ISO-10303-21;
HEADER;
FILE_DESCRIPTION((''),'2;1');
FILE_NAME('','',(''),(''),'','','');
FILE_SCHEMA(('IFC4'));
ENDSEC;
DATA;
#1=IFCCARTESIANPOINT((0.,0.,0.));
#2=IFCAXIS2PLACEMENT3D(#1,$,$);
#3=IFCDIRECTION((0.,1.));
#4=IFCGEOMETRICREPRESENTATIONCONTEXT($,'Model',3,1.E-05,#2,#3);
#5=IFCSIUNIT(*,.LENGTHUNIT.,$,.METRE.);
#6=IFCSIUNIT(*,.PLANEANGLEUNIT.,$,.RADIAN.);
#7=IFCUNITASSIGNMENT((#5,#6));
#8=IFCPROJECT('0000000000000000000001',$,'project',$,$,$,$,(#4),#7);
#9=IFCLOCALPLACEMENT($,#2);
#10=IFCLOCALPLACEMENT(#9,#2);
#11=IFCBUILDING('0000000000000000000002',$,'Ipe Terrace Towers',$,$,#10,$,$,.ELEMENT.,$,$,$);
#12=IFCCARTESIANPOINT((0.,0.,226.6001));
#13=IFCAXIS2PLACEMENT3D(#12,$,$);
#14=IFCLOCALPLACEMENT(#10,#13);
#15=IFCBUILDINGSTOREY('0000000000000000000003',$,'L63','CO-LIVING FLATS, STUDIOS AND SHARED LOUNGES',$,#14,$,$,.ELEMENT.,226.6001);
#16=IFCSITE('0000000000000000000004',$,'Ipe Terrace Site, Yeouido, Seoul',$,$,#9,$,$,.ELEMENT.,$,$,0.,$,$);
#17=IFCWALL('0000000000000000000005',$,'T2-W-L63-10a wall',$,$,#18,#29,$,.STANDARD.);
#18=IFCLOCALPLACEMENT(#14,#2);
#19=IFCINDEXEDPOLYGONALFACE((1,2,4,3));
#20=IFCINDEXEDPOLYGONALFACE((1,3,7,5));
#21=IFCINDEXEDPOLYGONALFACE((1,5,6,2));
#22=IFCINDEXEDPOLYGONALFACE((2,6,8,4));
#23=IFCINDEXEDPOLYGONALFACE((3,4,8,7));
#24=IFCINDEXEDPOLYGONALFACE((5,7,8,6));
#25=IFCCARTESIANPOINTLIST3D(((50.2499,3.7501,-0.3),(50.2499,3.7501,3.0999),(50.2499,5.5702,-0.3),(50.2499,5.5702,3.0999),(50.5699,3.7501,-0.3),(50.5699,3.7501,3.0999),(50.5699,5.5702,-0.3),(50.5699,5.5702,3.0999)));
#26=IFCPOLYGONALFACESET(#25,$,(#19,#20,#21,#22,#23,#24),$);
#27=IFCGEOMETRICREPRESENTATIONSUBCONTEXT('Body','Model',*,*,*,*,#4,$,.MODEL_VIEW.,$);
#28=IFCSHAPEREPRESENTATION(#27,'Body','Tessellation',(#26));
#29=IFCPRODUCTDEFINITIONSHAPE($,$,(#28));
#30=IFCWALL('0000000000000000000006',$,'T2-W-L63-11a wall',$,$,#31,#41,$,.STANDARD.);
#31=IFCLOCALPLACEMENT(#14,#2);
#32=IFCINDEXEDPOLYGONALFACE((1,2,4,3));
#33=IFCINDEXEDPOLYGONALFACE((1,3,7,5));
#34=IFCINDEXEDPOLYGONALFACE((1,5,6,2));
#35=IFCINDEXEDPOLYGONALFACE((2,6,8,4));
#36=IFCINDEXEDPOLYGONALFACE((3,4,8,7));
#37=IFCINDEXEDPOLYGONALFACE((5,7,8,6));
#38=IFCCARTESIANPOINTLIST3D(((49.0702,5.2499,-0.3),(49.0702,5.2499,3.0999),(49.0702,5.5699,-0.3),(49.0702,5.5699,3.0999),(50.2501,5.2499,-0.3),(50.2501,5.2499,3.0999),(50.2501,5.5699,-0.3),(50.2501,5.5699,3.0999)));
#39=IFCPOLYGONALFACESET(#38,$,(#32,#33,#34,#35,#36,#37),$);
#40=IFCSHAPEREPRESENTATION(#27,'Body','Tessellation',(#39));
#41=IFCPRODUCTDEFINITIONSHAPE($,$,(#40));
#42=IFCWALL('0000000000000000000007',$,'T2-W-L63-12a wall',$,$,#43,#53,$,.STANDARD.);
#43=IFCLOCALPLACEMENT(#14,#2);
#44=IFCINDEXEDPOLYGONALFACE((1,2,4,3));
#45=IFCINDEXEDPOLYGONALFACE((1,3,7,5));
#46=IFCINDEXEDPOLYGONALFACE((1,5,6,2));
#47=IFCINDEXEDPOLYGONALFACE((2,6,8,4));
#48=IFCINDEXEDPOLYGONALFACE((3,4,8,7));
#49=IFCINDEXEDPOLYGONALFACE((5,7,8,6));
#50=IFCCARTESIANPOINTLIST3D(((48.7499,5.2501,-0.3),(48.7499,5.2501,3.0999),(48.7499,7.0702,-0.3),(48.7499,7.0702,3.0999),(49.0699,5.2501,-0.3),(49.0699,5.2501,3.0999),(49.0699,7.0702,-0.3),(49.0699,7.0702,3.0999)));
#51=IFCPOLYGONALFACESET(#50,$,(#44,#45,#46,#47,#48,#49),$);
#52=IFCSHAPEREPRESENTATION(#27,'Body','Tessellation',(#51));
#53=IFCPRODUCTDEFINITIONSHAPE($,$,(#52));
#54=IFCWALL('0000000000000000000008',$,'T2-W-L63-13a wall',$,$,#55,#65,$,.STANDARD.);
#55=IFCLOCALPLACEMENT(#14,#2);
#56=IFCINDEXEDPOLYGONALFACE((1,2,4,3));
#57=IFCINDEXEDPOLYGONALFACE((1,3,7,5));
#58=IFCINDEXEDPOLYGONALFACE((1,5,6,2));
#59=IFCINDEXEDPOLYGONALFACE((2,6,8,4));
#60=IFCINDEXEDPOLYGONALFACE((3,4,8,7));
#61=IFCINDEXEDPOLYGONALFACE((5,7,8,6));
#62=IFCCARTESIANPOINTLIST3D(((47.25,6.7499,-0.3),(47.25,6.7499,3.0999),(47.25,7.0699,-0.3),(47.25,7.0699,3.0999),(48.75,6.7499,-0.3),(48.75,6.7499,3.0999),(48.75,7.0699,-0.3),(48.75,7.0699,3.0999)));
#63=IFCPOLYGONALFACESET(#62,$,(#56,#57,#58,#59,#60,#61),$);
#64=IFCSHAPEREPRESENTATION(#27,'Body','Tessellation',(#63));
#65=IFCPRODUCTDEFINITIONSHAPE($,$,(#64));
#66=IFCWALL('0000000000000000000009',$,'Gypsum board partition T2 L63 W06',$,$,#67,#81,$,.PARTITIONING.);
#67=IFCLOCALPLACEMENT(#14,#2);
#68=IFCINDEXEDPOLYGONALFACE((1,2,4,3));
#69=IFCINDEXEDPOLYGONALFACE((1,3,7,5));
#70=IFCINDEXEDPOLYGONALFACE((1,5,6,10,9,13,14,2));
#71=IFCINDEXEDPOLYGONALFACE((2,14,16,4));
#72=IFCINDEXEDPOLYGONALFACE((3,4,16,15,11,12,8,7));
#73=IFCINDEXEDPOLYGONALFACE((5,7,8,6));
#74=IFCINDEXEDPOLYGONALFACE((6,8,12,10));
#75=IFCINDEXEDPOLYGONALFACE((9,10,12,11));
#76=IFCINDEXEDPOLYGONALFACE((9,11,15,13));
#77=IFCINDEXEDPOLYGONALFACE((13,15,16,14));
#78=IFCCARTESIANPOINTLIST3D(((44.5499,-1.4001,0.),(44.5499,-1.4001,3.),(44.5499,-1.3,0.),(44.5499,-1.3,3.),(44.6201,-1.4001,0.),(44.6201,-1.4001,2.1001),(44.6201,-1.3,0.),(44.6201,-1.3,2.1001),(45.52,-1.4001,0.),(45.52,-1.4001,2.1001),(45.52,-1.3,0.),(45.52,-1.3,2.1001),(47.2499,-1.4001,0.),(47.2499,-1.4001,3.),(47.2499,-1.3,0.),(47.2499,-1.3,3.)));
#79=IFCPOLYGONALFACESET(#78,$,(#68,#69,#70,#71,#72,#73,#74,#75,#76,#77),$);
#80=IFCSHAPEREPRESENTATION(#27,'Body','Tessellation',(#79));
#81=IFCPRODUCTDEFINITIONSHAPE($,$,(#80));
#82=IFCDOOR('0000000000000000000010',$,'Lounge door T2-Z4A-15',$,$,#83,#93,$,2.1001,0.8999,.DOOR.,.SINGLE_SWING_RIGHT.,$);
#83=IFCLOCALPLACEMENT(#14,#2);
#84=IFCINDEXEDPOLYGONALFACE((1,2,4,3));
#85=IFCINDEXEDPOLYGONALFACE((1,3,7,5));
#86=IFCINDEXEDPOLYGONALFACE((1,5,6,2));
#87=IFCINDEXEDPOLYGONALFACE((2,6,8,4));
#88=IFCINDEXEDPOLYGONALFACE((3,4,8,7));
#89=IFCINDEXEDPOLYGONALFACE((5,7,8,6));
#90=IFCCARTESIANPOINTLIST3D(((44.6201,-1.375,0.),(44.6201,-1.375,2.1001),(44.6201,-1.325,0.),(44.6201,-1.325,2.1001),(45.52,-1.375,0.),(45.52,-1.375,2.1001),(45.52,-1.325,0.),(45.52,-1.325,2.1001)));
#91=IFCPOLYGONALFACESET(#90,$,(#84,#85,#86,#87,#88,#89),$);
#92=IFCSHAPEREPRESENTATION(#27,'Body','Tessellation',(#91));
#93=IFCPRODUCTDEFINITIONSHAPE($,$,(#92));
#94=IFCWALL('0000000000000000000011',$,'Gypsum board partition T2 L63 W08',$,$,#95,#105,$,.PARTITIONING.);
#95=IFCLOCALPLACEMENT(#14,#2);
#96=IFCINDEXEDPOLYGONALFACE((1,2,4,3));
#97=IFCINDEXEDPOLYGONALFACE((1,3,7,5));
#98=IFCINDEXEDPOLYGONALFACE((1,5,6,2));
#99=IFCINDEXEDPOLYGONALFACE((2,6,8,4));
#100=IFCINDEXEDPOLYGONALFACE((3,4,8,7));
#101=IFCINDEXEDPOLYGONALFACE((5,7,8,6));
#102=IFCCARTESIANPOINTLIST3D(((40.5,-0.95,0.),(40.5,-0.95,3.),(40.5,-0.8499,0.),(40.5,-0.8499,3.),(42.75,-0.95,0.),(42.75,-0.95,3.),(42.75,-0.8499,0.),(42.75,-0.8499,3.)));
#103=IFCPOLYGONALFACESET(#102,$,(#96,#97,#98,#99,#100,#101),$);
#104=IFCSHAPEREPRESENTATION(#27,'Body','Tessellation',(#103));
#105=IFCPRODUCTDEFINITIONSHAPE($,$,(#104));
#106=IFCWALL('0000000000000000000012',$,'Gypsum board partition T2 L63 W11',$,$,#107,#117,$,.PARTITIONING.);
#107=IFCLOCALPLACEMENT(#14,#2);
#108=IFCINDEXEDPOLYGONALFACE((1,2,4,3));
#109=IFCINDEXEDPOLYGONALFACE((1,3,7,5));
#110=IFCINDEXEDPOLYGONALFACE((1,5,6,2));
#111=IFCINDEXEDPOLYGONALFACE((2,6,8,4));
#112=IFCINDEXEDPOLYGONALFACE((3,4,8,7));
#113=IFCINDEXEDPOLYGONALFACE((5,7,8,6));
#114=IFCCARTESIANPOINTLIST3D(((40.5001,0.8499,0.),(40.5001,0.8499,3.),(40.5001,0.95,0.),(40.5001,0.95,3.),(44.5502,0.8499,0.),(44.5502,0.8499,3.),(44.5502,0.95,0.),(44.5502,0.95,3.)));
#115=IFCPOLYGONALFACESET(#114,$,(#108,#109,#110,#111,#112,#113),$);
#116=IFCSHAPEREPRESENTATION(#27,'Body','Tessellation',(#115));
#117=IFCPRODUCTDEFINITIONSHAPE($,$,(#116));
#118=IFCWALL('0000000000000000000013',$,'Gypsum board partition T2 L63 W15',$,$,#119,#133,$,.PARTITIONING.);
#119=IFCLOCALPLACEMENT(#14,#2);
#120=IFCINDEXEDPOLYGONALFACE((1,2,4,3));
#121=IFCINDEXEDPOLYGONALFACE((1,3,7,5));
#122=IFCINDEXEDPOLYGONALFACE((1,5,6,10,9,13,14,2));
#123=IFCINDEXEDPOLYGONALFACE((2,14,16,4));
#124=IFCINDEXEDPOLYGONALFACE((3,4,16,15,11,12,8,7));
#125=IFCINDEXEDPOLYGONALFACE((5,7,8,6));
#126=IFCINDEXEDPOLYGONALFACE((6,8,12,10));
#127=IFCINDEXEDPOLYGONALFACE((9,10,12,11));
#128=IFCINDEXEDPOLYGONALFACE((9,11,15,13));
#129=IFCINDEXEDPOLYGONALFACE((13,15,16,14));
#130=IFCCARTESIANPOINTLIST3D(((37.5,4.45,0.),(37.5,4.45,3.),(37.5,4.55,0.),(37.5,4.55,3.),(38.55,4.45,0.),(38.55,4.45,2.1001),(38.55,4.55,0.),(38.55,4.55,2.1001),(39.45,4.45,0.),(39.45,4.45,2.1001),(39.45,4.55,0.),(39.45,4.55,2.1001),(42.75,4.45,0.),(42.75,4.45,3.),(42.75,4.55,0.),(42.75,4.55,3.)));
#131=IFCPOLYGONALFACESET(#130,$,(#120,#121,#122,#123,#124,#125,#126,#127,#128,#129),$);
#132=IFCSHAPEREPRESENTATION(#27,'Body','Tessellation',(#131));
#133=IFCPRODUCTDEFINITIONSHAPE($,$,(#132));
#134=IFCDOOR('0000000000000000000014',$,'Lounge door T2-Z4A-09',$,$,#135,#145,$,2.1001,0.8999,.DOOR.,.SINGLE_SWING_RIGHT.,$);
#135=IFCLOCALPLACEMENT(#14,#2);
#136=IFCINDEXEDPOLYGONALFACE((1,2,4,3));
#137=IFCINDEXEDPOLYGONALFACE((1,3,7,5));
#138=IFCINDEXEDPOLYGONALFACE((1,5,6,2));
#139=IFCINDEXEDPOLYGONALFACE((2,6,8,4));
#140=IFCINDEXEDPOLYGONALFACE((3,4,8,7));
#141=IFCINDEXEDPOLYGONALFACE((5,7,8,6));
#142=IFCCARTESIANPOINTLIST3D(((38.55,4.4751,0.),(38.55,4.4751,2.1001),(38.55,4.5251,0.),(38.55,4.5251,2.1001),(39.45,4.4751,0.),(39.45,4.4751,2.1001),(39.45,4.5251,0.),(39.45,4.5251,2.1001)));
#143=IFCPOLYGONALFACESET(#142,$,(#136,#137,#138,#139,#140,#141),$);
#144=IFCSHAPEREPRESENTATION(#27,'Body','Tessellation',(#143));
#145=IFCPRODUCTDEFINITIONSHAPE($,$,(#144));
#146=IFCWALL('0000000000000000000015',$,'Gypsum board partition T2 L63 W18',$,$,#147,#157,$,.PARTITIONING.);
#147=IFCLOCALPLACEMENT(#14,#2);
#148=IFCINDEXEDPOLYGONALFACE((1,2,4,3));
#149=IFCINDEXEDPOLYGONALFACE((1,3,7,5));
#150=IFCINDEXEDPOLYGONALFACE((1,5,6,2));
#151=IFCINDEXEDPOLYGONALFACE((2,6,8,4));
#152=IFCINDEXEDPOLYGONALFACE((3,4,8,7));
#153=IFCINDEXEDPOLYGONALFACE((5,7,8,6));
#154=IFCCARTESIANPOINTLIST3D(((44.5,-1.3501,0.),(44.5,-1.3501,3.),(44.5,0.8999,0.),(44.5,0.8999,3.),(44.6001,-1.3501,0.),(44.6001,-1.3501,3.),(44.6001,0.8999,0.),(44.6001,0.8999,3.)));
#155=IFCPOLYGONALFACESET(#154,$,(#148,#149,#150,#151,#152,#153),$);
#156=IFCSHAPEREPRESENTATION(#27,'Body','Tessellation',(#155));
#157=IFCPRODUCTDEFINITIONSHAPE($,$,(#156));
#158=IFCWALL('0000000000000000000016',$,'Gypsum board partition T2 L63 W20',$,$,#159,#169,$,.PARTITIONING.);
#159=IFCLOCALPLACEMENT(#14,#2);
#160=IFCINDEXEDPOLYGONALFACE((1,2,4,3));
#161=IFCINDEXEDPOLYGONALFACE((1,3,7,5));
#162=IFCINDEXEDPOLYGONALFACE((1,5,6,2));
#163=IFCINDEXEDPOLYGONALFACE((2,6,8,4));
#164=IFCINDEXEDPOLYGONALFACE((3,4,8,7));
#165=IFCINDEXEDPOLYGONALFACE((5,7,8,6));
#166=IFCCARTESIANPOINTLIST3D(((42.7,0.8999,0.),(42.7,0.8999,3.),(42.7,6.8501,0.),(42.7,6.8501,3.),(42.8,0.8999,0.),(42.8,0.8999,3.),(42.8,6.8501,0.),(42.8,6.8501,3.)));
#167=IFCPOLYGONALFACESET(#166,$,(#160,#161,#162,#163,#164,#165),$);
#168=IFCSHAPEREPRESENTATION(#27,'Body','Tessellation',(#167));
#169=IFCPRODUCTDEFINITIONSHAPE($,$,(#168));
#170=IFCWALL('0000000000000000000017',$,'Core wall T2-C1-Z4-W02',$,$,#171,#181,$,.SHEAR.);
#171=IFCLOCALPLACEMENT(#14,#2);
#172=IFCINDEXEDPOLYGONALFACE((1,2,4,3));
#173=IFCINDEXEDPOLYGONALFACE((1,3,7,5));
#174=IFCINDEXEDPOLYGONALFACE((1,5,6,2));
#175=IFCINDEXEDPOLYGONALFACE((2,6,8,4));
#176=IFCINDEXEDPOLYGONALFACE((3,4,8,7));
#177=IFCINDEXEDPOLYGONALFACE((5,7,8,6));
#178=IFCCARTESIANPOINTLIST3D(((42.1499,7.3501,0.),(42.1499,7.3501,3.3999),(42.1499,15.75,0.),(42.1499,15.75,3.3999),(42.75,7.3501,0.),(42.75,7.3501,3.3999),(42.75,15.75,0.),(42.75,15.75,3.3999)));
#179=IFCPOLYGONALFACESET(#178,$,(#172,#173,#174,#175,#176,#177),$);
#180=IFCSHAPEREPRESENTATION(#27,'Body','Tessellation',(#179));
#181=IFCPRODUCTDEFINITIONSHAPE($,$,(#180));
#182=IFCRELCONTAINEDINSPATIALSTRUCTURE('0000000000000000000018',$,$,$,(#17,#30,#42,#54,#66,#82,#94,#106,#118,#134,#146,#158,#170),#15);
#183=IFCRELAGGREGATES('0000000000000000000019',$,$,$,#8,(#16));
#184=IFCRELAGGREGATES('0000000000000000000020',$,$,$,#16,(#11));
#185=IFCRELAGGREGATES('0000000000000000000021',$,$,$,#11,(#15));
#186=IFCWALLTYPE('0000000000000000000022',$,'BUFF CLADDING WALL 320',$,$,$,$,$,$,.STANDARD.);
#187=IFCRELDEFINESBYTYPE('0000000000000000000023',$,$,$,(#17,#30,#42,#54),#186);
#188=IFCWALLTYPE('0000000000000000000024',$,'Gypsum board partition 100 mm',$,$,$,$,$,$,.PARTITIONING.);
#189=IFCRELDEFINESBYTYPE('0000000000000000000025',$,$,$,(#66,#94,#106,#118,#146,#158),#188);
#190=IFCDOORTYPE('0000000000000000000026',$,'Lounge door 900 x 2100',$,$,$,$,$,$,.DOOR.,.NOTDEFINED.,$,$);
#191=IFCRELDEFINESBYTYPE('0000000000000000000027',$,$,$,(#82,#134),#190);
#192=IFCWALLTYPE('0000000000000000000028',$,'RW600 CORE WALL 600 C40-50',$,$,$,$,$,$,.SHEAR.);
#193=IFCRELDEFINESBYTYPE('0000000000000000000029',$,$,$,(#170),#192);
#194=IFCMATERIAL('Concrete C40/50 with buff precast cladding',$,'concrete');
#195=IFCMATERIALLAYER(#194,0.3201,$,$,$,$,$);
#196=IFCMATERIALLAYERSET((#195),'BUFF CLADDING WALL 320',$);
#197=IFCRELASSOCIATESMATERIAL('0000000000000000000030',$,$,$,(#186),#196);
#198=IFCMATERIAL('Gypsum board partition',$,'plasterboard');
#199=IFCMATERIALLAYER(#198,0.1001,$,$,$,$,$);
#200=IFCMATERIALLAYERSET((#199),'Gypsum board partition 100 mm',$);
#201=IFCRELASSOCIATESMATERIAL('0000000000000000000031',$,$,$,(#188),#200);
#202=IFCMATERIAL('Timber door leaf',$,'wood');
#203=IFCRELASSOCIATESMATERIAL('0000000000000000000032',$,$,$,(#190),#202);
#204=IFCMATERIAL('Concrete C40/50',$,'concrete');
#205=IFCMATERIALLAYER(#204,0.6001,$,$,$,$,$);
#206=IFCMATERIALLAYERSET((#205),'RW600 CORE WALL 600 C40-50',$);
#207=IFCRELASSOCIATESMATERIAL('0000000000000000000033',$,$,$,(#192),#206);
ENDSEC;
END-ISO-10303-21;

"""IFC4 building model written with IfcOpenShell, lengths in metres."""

from ifc_helpers import new_model, si_unit, direction, frame, frame_2d, origin, place, context, subcontext, project, spatial, rectangle, extrude, material, layer, layer_set, type_object, element, fill, save


model = new_model("IFC4")

# Units and contexts
model_context = context("Model", 3, precision=1e-05, world=origin(), true_north=direction((0.0, 1.0)))
body_context = subcontext(model_context, "Body", "Model", "MODEL_VIEW")
ifc_project = project(units=[si_unit("LENGTHUNIT", "METRE"), si_unit("PLANEANGLEUNIT", "RADIAN")], contexts=[model_context])

# Site, building, storey
site_placement = place(None, origin())
site = spatial("IfcSite", under=ifc_project, at=site_placement, Name="Ipe Terrace Site, Yeouido, Seoul", CompositionType="ELEMENT", RefElevation=0.0)
building_placement = place(site_placement, origin())
building = spatial("IfcBuilding", under=site, at=building_placement, Name="Ipe Terrace Towers", CompositionType="ELEMENT")
storey_placement = place(building_placement, frame((0.0, 0.0, 226.6001)))
storey = spatial("IfcBuildingStorey", under=building, at=storey_placement, Name="L63", Description="CO-LIVING FLATS, STUDIOS AND SHARED LOUNGES", CompositionType="ELEMENT", Elevation=226.6001)

# Walls
ifc_material_1 = material(Name="Concrete C40/50 with buff precast cladding", Category="concrete")
ifc_layer_1 = layer(ifc_material_1, 0.3201)
ifc_layer_set_1 = layer_set([ifc_layer_1], Name="BUFF CLADDING WALL 320")
wall_type_1 = type_object("IfcWallType", Name="BUFF CLADDING WALL 320", PredefinedType="STANDARD", material=ifc_layer_set_1)
wall_1_placement = place(storey_placement, frame((50.4099, 3.75, -0.3), z_axis=(0.0, 0.0, 1.0), x_axis=(0.0, 1.0, 0.0)))
element("IfcWall", 1, at=wall_1_placement, inside=storey, type_object=wall_type_1, Name="T2-W-L63-10a wall", PredefinedType="STANDARD", context=body_context, shape_type="SweptSolid", body=[
    extrude(rectangle(XDim=1.8201, YDim=0.3201, at=frame_2d((0.9102, 0.0))), origin(), (0.0, 0.0, 1.0), 3.3999),
])
wall_2_placement = place(storey_placement, frame((50.25, 5.4099, -0.3), z_axis=(0.0, 0.0, 1.0), x_axis=(-1.0, 0.0, 0.0)))
element("IfcWall", 2, at=wall_2_placement, inside=storey, type_object=wall_type_1, Name="T2-W-L63-11a wall", PredefinedType="STANDARD", context=body_context, shape_type="SweptSolid", body=[
    extrude(rectangle(XDim=1.1799, YDim=0.3201, at=frame_2d((0.5898, 0.0))), origin(), (0.0, 0.0, 1.0), 3.3999),
])
wall_3_placement = place(storey_placement, frame((48.9099, 5.25, -0.3), z_axis=(0.0, 0.0, 1.0), x_axis=(0.0, 1.0, 0.0)))
element("IfcWall", 3, at=wall_3_placement, inside=storey, type_object=wall_type_1, Name="T2-W-L63-12a wall", PredefinedType="STANDARD", context=body_context, shape_type="SweptSolid", body=[
    extrude(rectangle(XDim=1.8201, YDim=0.3201, at=frame_2d((0.9102, 0.0))), origin(), (0.0, 0.0, 1.0), 3.3999),
])
wall_4_placement = place(storey_placement, frame((48.75, 6.9099, -0.3), z_axis=(0.0, 0.0, 1.0), x_axis=(-1.0, 0.0, 0.0)))
element("IfcWall", 4, at=wall_4_placement, inside=storey, type_object=wall_type_1, Name="T2-W-L63-13a wall", PredefinedType="STANDARD", context=body_context, shape_type="SweptSolid", body=[
    extrude(rectangle(XDim=1.5, YDim=0.3201, at=frame_2d((0.75, 0.0))), origin(), (0.0, 0.0, 1.0), 3.3999),
])

# Wall, opening, door
ifc_material_2 = material(Name="Gypsum board partition", Category="plasterboard")
ifc_layer_2 = layer(ifc_material_2, 0.1001)
ifc_layer_set_2 = layer_set([ifc_layer_2], Name="Gypsum board partition 100 mm")
wall_type_2 = type_object("IfcWallType", Name="Gypsum board partition 100 mm", PredefinedType="PARTITIONING", material=ifc_layer_set_2)
wall_5_placement = place(storey_placement, frame((47.25, -1.3501, 0.0), z_axis=(0.0, 0.0, 1.0), x_axis=(-1.0, 0.0, 0.0)))
wall_5 = element("IfcWall", 5, at=wall_5_placement, inside=storey, type_object=wall_type_2, Name="Gypsum board partition T2 L63 W06", PredefinedType="PARTITIONING", context=body_context, shape_type="SweptSolid", body=[
    extrude(rectangle(XDim=2.7, YDim=0.1001, at=frame_2d((1.3501, 0.0))), origin(), (0.0, 0.0, 1.0), 3.0),
])
opening_1_placement = place(wall_5_placement, frame((1.73, 0.0, 0.0)))
opening_1 = element("IfcOpeningElement", 6, at=opening_1_placement, cuts=wall_5, PredefinedType="OPENING", context=body_context, shape_type="SweptSolid", body=[
    extrude(rectangle(XDim=0.8999, YDim=2.1001, at=frame_2d((0.45, 1.05))), frame((0.0, 0.0601, 0.0), z_axis=(0.0, -1.0, 0.0), x_axis=(1.0, 0.0, 0.0)), (0.0, 0.0, 1.0), 0.1201),
])
ifc_material_3 = material(Name="Timber door leaf", Category="wood")
door_type = type_object("IfcDoorType", Name="Lounge door 900 x 2100", OperationType="NOTDEFINED", PredefinedType="DOOR", material=ifc_material_3)
door_1_placement = place(opening_1_placement, origin())
door_1 = element("IfcDoor", 7, at=door_1_placement, inside=storey, type_object=door_type, Name="Lounge door T2-Z4A-15", OperationType="SINGLE_SWING_RIGHT", OverallHeight=2.1001, OverallWidth=0.8999, PredefinedType="DOOR", context=body_context, shape_type="SweptSolid", body=[
    extrude(rectangle(XDim=0.8999, YDim=2.1001, at=frame_2d((0.45, 1.05))), frame((0.0, 0.0249, 0.0), z_axis=(0.0, -1.0, 0.0), x_axis=(1.0, 0.0, 0.0)), (0.0, 0.0, 1.0), 0.05),
])
fill(opening_1, door_1)

# Walls
wall_6_placement = place(storey_placement, frame((42.75, -0.8999, 0.0), z_axis=(0.0, 0.0, 1.0), x_axis=(-1.0, 0.0, 0.0)))
element("IfcWall", 8, at=wall_6_placement, inside=storey, type_object=wall_type_2, Name="Gypsum board partition T2 L63 W08", PredefinedType="PARTITIONING", context=body_context, shape_type="SweptSolid", body=[
    extrude(rectangle(XDim=2.25, YDim=0.1001, at=frame_2d((1.125, 0.0))), origin(), (0.0, 0.0, 1.0), 3.0),
])
wall_7_placement = place(storey_placement, frame((44.55, 0.8999, 0.0), z_axis=(0.0, 0.0, 1.0), x_axis=(-1.0, 0.0, 0.0)))
element("IfcWall", 9, at=wall_7_placement, inside=storey, type_object=wall_type_2, Name="Gypsum board partition T2 L63 W11", PredefinedType="PARTITIONING", context=body_context, shape_type="SweptSolid", body=[
    extrude(rectangle(XDim=4.05, YDim=0.1001, at=frame_2d((2.0249, 0.0))), origin(), (0.0, 0.0, 1.0), 3.0),
])

# Wall, opening, door
wall_8_placement = place(storey_placement, frame((42.75, 4.5, 0.0), z_axis=(0.0, 0.0, 1.0), x_axis=(-1.0, 0.0, 0.0)))
wall_8 = element("IfcWall", 10, at=wall_8_placement, inside=storey, type_object=wall_type_2, Name="Gypsum board partition T2 L63 W15", PredefinedType="PARTITIONING", context=body_context, shape_type="SweptSolid", body=[
    extrude(rectangle(XDim=5.25, YDim=0.1001, at=frame_2d((2.625, 0.0))), origin(), (0.0, 0.0, 1.0), 3.0),
])
opening_2_placement = place(wall_8_placement, frame((3.3, 0.0, 0.0)))
opening_2 = element("IfcOpeningElement", 11, at=opening_2_placement, cuts=wall_8, PredefinedType="OPENING", context=body_context, shape_type="SweptSolid", body=[
    extrude(rectangle(XDim=0.8999, YDim=2.1001, at=frame_2d((0.45, 1.05))), frame((0.0, 0.0601, 0.0), z_axis=(0.0, -1.0, 0.0), x_axis=(1.0, 0.0, 0.0)), (0.0, 0.0, 1.0), 0.1201),
])
door_2_placement = place(opening_2_placement, origin())
door_2 = element("IfcDoor", 12, at=door_2_placement, inside=storey, type_object=door_type, Name="Lounge door T2-Z4A-09", OperationType="SINGLE_SWING_RIGHT", OverallHeight=2.1001, OverallWidth=0.8999, PredefinedType="DOOR", context=body_context, shape_type="SweptSolid", body=[
    extrude(rectangle(XDim=0.8999, YDim=2.1001, at=frame_2d((0.45, 1.05))), frame((0.0, 0.0249, 0.0), z_axis=(0.0, -1.0, 0.0), x_axis=(1.0, 0.0, 0.0)), (0.0, 0.0, 1.0), 0.05),
])
fill(opening_2, door_2)

# Walls
wall_9_placement = place(storey_placement, frame((44.55, -1.3501, 0.0), z_axis=(0.0, 0.0, 1.0), x_axis=(0.0, 1.0, 0.0)))
element("IfcWall", 13, at=wall_9_placement, inside=storey, type_object=wall_type_2, Name="Gypsum board partition T2 L63 W18", PredefinedType="PARTITIONING", context=body_context, shape_type="SweptSolid", body=[
    extrude(rectangle(XDim=2.25, YDim=0.1001, at=frame_2d((1.125, 0.0))), origin(), (0.0, 0.0, 1.0), 3.0),
])
wall_10_placement = place(storey_placement, frame((42.75, 0.8999, 0.0), z_axis=(0.0, 0.0, 1.0), x_axis=(0.0, 1.0, 0.0)))
element("IfcWall", 14, at=wall_10_placement, inside=storey, type_object=wall_type_2, Name="Gypsum board partition T2 L63 W20", PredefinedType="PARTITIONING", context=body_context, shape_type="SweptSolid", body=[
    extrude(rectangle(XDim=5.9502, YDim=0.1001, at=frame_2d((2.9751, 0.0))), origin(), (0.0, 0.0, 1.0), 3.0),
])
ifc_material_4 = material(Name="Concrete C40/50", Category="concrete")
ifc_layer_3 = layer(ifc_material_4, 0.6001)
ifc_layer_set_3 = layer_set([ifc_layer_3], Name="RW600 CORE WALL 600 C40-50")
wall_type_3 = type_object("IfcWallType", Name="RW600 CORE WALL 600 C40-50", PredefinedType="SHEAR", material=ifc_layer_set_3)
wall_11_placement = place(storey_placement, frame((42.45, 7.3501, 0.0), z_axis=(0.0, 0.0, 1.0), x_axis=(0.0, 1.0, 0.0)))
element("IfcWall", 15, at=wall_11_placement, inside=storey, type_object=wall_type_3, Name="Core wall T2-C1-Z4-W02", PredefinedType="SHEAR", context=body_context, shape_type="SweptSolid", body=[
    extrude(rectangle(XDim=8.3999, YDim=0.6001, at=frame_2d((4.2, 0.0))), origin(), (0.0, 0.0, 1.0), 3.3999),
])

save(model, "model.ifc")
